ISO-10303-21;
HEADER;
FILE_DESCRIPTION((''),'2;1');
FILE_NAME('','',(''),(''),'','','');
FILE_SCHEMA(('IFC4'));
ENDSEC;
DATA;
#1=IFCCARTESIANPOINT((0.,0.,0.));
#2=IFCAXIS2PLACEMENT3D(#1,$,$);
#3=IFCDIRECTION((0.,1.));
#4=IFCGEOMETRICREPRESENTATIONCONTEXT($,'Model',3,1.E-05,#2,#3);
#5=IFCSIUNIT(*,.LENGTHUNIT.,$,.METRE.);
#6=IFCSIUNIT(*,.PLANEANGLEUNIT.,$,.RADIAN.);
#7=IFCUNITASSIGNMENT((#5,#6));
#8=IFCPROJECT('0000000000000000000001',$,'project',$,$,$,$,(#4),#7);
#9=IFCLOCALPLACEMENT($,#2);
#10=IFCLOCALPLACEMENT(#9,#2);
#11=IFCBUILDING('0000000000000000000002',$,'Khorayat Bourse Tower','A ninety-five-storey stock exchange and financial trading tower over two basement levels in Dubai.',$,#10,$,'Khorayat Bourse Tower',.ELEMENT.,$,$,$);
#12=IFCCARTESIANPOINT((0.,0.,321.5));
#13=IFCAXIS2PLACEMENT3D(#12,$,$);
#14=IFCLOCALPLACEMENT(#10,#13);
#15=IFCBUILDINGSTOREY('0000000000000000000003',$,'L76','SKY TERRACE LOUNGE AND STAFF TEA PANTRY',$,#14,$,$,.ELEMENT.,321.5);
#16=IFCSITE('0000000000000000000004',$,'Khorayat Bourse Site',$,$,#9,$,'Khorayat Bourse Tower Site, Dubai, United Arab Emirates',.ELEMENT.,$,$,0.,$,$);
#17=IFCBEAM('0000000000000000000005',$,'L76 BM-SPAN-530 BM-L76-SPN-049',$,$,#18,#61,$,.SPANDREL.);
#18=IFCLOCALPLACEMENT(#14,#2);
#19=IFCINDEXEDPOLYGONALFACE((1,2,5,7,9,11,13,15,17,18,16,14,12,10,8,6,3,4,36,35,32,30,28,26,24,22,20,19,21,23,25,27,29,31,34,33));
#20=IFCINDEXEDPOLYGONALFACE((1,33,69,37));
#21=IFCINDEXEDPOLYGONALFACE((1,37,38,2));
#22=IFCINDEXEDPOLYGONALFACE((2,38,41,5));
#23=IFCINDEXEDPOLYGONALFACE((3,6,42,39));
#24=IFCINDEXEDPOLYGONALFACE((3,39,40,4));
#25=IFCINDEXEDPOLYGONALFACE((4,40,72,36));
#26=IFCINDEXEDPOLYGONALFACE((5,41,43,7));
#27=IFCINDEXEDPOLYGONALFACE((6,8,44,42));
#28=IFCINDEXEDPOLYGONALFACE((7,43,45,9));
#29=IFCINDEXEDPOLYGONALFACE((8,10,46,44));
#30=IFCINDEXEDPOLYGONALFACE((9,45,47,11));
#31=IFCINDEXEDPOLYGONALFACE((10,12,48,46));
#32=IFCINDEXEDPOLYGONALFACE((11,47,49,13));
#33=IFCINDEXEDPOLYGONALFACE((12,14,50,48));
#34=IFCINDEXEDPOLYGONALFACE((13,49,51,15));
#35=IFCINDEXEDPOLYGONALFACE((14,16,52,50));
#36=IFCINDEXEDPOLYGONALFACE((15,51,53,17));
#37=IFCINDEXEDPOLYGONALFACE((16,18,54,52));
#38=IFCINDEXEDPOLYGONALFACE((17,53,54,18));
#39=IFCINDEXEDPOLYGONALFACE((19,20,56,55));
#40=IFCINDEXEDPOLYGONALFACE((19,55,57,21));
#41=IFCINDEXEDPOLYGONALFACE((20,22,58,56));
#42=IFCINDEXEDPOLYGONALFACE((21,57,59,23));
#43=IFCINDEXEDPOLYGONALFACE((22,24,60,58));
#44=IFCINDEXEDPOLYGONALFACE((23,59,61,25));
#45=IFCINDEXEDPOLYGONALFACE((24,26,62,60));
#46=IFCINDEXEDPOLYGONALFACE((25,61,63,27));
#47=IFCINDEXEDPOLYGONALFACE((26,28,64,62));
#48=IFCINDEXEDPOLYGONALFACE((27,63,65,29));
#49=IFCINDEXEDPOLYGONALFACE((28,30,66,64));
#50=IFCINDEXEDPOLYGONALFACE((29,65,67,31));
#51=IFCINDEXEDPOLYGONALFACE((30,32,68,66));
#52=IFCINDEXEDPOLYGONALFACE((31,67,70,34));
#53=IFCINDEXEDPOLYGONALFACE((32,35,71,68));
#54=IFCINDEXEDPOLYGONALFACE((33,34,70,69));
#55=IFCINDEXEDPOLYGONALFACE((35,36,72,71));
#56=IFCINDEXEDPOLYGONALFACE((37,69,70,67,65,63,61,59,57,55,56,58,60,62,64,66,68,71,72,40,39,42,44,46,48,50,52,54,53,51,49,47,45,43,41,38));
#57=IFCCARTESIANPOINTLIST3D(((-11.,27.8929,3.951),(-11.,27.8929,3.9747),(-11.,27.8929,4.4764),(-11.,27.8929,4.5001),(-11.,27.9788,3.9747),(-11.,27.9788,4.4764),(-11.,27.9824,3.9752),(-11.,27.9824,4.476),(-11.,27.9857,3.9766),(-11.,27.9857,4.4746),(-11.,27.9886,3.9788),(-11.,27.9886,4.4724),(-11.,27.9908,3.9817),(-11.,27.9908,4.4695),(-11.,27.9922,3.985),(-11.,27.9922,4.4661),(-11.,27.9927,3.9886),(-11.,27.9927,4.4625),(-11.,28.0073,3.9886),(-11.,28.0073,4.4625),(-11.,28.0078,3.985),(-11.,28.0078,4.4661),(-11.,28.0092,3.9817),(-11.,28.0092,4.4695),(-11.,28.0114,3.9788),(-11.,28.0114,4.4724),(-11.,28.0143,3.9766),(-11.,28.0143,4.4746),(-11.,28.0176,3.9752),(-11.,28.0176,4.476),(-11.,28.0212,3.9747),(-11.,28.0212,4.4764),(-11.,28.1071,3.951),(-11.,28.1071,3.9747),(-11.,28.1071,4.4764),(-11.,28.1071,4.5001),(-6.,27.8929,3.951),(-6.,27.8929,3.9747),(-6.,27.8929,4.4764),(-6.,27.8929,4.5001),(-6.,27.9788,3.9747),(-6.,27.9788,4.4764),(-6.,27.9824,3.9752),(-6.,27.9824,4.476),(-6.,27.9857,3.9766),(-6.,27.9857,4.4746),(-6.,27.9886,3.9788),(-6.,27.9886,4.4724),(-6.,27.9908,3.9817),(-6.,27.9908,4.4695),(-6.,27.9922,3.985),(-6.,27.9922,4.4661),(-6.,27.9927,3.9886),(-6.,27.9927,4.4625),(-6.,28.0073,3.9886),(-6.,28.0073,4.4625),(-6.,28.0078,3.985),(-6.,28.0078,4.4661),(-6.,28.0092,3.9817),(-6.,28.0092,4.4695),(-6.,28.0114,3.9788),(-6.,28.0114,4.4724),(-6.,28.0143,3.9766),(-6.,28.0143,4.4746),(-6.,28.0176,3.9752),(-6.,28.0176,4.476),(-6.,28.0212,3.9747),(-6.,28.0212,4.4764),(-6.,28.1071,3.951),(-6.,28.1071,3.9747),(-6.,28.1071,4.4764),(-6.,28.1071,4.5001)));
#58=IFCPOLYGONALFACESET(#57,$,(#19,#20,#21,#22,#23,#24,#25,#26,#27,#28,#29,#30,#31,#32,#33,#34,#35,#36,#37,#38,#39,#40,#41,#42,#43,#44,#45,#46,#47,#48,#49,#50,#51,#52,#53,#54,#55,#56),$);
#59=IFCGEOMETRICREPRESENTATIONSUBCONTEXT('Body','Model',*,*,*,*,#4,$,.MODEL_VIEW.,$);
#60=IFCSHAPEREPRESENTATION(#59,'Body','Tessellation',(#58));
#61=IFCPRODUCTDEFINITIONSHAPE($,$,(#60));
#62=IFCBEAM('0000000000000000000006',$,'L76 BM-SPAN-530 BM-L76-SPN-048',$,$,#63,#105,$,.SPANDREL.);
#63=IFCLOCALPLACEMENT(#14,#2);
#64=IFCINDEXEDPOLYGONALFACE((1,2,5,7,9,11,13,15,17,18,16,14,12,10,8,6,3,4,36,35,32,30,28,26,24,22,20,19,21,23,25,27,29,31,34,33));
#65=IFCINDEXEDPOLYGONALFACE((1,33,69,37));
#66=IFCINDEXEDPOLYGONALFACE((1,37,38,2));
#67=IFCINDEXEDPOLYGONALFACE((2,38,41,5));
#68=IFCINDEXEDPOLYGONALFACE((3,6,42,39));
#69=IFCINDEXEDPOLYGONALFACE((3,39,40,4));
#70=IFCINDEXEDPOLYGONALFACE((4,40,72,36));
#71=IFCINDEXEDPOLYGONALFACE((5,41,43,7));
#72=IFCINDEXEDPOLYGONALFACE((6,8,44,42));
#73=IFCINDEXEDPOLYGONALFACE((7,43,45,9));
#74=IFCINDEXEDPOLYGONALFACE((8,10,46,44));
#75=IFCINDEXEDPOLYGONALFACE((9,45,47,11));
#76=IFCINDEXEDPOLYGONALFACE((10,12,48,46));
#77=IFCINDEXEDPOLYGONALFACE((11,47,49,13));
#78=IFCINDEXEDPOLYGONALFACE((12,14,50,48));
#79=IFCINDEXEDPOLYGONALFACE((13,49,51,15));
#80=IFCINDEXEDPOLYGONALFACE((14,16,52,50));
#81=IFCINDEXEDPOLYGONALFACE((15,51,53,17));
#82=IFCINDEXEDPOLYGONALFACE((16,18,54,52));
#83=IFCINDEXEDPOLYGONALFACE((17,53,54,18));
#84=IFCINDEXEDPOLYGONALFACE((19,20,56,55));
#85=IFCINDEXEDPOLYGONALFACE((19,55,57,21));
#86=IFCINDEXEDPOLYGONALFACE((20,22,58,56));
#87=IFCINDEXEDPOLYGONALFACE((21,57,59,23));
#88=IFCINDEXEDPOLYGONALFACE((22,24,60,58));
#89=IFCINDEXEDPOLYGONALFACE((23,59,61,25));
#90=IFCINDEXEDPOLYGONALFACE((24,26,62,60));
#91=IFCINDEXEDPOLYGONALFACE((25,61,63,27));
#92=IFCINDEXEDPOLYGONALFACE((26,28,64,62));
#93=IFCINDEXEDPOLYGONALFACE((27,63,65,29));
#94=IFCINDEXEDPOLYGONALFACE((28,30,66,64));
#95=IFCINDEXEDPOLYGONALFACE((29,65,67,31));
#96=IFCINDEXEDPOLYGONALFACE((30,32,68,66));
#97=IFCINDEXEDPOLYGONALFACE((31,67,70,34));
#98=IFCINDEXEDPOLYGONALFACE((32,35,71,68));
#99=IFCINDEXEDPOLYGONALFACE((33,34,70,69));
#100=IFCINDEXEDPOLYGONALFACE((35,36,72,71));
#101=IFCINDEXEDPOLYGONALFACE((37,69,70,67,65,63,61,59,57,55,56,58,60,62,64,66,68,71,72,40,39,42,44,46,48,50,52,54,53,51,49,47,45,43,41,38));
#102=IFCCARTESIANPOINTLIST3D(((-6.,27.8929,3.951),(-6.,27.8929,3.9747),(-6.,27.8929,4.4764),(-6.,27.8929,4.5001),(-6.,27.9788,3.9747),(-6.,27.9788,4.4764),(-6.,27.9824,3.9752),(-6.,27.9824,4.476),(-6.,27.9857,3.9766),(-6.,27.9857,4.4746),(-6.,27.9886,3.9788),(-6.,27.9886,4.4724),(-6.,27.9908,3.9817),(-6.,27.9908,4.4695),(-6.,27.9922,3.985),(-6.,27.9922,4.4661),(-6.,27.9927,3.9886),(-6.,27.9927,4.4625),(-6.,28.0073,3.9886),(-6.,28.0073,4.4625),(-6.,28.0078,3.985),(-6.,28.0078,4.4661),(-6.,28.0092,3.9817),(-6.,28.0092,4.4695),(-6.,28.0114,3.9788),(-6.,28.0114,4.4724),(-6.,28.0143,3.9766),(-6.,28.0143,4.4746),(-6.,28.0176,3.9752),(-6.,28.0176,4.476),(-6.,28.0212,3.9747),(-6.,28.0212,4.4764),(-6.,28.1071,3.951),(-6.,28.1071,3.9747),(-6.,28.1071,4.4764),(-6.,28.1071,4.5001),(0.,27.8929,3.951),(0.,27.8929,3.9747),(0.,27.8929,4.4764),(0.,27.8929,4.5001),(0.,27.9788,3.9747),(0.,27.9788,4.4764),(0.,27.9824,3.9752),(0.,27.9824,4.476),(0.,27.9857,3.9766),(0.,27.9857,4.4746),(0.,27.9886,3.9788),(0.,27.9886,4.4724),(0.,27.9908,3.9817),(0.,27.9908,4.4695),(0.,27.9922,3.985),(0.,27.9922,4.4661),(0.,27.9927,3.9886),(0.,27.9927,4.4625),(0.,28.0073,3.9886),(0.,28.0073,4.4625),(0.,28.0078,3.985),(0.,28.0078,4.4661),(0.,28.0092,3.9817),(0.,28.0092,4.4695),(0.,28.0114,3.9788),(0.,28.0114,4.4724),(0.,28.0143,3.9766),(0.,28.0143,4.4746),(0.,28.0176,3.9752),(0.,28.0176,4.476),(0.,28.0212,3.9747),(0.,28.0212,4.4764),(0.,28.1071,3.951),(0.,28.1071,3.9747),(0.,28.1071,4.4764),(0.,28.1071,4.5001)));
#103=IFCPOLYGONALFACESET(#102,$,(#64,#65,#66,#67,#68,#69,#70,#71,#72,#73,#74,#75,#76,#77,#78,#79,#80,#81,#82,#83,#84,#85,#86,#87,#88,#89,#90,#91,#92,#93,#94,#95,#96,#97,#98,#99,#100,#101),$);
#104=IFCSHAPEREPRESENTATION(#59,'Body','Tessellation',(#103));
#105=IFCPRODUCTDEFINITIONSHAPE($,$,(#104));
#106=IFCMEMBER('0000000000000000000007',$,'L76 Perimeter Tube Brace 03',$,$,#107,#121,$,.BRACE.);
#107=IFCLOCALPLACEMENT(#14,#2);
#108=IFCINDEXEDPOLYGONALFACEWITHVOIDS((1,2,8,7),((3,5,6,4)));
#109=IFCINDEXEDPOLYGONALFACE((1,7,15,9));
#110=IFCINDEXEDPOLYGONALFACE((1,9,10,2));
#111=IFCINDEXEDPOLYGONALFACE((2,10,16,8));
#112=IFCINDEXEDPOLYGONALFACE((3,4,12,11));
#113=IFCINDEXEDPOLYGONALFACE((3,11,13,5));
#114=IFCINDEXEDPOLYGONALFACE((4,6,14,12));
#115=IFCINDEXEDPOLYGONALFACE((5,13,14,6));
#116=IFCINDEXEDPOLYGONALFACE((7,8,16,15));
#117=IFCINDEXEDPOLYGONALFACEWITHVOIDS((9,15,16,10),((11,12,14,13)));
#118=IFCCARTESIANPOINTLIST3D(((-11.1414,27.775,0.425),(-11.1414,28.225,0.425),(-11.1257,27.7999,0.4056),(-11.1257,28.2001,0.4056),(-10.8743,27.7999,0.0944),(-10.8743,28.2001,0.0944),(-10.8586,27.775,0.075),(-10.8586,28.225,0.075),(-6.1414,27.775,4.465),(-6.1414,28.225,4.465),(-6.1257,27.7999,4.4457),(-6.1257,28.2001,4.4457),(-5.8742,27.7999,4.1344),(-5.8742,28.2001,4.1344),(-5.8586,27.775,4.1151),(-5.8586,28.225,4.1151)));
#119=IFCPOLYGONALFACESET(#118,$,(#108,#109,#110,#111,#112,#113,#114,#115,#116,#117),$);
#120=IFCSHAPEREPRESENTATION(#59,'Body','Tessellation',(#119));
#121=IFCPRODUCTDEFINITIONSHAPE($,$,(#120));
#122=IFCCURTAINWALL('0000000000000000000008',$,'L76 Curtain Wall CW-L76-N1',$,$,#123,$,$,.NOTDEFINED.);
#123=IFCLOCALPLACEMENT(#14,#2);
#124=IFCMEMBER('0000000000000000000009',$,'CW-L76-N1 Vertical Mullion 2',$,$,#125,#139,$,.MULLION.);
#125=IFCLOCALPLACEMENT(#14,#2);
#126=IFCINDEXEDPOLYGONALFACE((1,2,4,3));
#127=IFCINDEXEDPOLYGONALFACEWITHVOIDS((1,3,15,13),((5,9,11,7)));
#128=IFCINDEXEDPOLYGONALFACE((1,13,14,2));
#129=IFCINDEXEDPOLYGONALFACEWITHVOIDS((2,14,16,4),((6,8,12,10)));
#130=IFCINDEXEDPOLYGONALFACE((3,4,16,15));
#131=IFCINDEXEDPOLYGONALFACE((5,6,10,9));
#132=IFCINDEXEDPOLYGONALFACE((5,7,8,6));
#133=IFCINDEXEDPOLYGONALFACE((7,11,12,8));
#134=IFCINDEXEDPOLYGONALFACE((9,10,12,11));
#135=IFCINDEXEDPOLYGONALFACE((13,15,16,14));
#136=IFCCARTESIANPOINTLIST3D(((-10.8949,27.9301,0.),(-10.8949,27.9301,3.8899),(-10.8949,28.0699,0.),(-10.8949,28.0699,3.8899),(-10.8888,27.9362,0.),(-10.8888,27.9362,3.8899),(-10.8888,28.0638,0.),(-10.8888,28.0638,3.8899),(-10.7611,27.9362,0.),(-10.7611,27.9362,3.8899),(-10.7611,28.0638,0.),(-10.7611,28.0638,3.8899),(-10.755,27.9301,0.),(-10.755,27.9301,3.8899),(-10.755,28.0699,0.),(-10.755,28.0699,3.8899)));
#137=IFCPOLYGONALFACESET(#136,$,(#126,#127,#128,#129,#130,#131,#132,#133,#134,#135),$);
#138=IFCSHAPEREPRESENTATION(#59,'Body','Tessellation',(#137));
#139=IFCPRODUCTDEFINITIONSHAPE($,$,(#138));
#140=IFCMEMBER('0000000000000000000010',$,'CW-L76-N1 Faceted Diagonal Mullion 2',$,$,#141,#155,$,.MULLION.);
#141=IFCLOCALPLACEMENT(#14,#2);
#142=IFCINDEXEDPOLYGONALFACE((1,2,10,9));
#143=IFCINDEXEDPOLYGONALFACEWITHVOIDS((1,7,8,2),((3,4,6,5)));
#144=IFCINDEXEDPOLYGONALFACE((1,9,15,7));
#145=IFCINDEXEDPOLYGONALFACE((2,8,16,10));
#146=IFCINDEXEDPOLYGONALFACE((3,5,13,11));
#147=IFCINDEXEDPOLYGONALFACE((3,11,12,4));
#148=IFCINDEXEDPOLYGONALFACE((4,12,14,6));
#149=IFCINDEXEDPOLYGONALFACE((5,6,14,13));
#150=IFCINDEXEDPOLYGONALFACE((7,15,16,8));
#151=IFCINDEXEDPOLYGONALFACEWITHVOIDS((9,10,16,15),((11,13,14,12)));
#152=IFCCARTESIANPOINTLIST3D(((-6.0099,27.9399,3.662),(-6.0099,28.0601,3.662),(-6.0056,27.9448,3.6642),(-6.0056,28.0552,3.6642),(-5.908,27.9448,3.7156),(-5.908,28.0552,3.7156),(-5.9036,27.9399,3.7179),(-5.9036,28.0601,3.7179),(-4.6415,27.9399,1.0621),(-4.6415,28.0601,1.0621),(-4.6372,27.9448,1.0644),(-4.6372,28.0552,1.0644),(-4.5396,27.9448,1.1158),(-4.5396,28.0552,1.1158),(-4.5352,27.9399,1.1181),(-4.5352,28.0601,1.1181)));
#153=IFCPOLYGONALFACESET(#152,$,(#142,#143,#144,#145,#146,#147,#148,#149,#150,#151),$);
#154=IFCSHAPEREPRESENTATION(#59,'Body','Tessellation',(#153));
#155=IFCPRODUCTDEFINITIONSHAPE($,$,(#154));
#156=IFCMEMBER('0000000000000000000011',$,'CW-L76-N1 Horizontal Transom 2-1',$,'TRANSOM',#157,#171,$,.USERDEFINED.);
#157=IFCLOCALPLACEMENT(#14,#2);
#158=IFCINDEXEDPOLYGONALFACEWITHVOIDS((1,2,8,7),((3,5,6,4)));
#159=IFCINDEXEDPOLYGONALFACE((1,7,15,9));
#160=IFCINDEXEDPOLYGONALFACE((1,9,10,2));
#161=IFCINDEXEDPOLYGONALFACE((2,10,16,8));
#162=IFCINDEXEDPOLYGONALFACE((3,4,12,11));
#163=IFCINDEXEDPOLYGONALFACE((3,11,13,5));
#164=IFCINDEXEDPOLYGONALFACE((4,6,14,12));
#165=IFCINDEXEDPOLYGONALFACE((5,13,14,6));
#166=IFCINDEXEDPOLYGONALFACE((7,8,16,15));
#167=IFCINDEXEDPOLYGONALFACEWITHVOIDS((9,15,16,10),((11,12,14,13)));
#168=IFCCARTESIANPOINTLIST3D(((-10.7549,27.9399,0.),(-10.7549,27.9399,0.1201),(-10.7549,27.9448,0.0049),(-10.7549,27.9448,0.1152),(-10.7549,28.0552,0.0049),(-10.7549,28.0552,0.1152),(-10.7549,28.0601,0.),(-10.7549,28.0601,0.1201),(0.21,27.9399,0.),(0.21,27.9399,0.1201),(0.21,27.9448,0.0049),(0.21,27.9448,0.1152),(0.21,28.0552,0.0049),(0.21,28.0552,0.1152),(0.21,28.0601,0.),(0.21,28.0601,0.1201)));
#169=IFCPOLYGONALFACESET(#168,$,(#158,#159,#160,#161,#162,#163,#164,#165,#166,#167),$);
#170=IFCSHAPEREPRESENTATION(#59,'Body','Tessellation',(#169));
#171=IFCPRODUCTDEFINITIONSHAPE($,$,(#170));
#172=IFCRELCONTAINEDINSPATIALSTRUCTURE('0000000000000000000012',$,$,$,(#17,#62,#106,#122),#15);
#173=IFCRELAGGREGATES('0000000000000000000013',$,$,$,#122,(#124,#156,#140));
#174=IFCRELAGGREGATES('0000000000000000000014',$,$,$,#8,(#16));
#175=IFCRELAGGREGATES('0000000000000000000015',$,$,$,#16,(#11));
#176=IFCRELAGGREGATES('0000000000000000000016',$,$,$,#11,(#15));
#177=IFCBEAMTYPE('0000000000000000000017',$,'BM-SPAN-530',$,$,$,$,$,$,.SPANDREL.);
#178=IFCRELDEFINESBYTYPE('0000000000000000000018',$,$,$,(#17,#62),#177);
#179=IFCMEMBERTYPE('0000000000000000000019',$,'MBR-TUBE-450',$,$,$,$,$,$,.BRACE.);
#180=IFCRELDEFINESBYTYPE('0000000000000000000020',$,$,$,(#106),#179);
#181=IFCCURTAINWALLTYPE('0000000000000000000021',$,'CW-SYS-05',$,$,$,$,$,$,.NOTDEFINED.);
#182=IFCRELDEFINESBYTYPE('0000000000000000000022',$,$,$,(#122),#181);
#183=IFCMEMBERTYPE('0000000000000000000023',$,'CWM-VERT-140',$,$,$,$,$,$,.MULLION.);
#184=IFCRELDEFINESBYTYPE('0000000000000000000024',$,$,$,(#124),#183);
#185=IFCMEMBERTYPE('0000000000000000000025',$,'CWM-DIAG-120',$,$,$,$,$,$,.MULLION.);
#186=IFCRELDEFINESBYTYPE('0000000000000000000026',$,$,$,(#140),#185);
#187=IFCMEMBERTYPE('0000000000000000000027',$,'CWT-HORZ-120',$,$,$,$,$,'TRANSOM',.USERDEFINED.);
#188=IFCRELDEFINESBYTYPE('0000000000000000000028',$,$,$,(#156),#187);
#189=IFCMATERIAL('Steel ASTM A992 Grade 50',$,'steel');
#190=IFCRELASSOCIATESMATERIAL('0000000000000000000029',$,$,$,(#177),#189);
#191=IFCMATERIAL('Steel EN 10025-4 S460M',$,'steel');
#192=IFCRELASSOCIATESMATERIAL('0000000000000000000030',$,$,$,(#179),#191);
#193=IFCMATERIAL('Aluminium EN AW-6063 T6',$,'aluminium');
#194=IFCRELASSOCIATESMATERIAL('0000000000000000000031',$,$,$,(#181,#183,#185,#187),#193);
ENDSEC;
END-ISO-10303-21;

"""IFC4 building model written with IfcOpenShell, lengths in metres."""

from ifc_helpers import new_model, si_unit, direction, frame, origin, origin_2d, place, context, subcontext, project, spatial, hollow_rectangle, i_section, extrude, source, transform, mapped, material, material_profile, profile_set, type_object, element, aggregate, save


model = new_model("IFC4")

# Units and contexts
model_context = context("Model", 3, precision=1e-05, world=origin(), true_north=direction((0.0, 1.0)))
body_context = subcontext(model_context, "Body", "Model", "MODEL_VIEW")
ifc_project = project(units=[si_unit("LENGTHUNIT", "METRE"), si_unit("PLANEANGLEUNIT", "RADIAN")], contexts=[model_context])

# Site, building, storey
site_placement = place(None, origin())
site = spatial("IfcSite", under=ifc_project, at=site_placement, Name="Khorayat Bourse Site", LongName="Khorayat Bourse Tower Site, Dubai, United Arab Emirates", CompositionType="ELEMENT", RefElevation=0.0)
building_placement = place(site_placement, origin())
building = spatial("IfcBuilding", under=site, at=building_placement, Name="Khorayat Bourse Tower", Description="A ninety-five-storey stock exchange and financial trading tower over two basement levels in Dubai.", LongName="Khorayat Bourse Tower", CompositionType="ELEMENT")
storey_placement = place(building_placement, frame((0.0, 0.0, 321.5)))
storey = spatial("IfcBuildingStorey", under=building, at=storey_placement, Name="L76", Description="SKY TERRACE LOUNGE AND STAFF TEA PANTRY", CompositionType="ELEMENT", Elevation=321.5)

# Shared definitions
ifc_material_1 = material(Name="Steel EN 10025-4 S460M", Category="steel")

# Beams
ifc_material_2 = material(Name="Steel ASTM A992 Grade 50", Category="steel")
ifc_material_profile_1 = material_profile(ifc_material_2, i_section(OverallWidth=0.2141, OverallDepth=0.5491, WebThickness=0.0146, FlangeThickness=0.0237, FilletRadius=0.0139, at=origin_2d()), Name="W530X138")
ifc_profile_set_1 = profile_set([ifc_material_profile_1], Name="Steel ASTM A992 Grade 50")
beam_type_1 = type_object("IfcBeamType", Name="BM-SPAN-530", PredefinedType="SPANDREL", material=ifc_profile_set_1)
shared_shape_1 = source(origin(), body_context, "Body", "SweptSolid", [
    extrude(i_section(OverallWidth=0.2141, OverallDepth=0.5491, WebThickness=0.0146, FlangeThickness=0.0237, FilletRadius=0.0139, at=origin_2d()), origin(), (0.0, 0.0, 1.0), 5.0),
])
beam_1_placement = place(storey_placement, frame((-11.0, 28.0, 4.2256), z_axis=(1.0, 0.0, 0.0), x_axis=(0.0, 1.0, 0.0)))
element("IfcBeam", 1, at=beam_1_placement, inside=storey, type_object=beam_type_1, Name="L76 BM-SPAN-530 BM-L76-SPN-049", PredefinedType="SPANDREL", context=body_context, shape_type="MappedRepresentation", body=[
    mapped(shared_shape_1, transform((0.0, 0.0, 0.0), scale=1.0)),
])
shared_shape_2 = source(origin(), body_context, "Body", "SweptSolid", [
    extrude(i_section(OverallWidth=0.2141, OverallDepth=0.5491, WebThickness=0.0146, FlangeThickness=0.0237, FilletRadius=0.0139, at=origin_2d()), origin(), (0.0, 0.0, 1.0), 6.0),
])
beam_2_placement = place(storey_placement, frame((-6.0, 28.0, 4.2256), z_axis=(1.0, 0.0, 0.0), x_axis=(0.0, 1.0, 0.0)))
element("IfcBeam", 2, at=beam_2_placement, inside=storey, type_object=beam_type_1, Name="L76 BM-SPAN-530 BM-L76-SPN-048", PredefinedType="SPANDREL", context=body_context, shape_type="MappedRepresentation", body=[
    mapped(shared_shape_2, transform((0.0, 0.0, 0.0), scale=1.0)),
])

# Member
ifc_material_profile_2 = material_profile(ifc_material_1, hollow_rectangle(XDim=0.45, YDim=0.45, WallThickness=0.0249, at=origin_2d()), Name="HSS 450x450x25")
ifc_profile_set_2 = profile_set([ifc_material_profile_2], Name="Steel EN 10025-4 S460M")
member_type_1 = type_object("IfcMemberType", Name="MBR-TUBE-450", PredefinedType="BRACE", material=ifc_profile_set_2)
shared_shape_3 = source(origin(), body_context, "Body", "SweptSolid", [
    extrude(hollow_rectangle(XDim=0.45, YDim=0.45, WallThickness=0.0249, at=origin_2d()), origin(), (0.0, 0.0, 1.0), 6.4282),
])
member_1_placement = place(storey_placement, frame((-11.0, 28.0, 0.25), z_axis=(0.777821, 0.0, 0.628486), x_axis=(0.0, 1.0, 0.0)))
element("IfcMember", 3, at=member_1_placement, inside=storey, type_object=member_type_1, Name="L76 Perimeter Tube Brace 03", PredefinedType="BRACE", context=body_context, shape_type="MappedRepresentation", body=[
    mapped(shared_shape_3, transform((0.0, 0.0, 0.0), scale=1.0)),
])

# Curtain wall, members
ifc_material_3 = material(Name="Aluminium EN AW-6063 T6", Category="aluminium")
curtain_wall_type = type_object("IfcCurtainWallType", Name="CW-SYS-05", PredefinedType="NOTDEFINED", material=ifc_material_3)
curtain_wall_placement = place(storey_placement, origin())
curtain_wall = element("IfcCurtainWall", 4, at=curtain_wall_placement, inside=storey, type_object=curtain_wall_type, Name="L76 Curtain Wall CW-L76-N1", PredefinedType="NOTDEFINED")
ifc_material_profile_3 = material_profile(ifc_material_3, hollow_rectangle(XDim=0.1399, YDim=0.1399, WallThickness=0.0061, at=origin_2d()), Name="ALU 140x140x6")
ifc_profile_set_3 = profile_set([ifc_material_profile_3], Name="Aluminium EN AW-6063 T6")
member_type_2 = type_object("IfcMemberType", Name="CWM-VERT-140", PredefinedType="MULLION", material=ifc_profile_set_3)
shared_shape_4 = source(origin(), body_context, "Body", "SweptSolid", [
    extrude(hollow_rectangle(XDim=0.1399, YDim=0.1399, WallThickness=0.0061, at=origin_2d()), origin(), (0.0, 0.0, 1.0), 3.8899),
])
member_2_placement = place(storey_placement, frame((-10.825, 28.0, 0.0), z_axis=(0.0, 0.0, 1.0), x_axis=(0.0, 1.0, 0.0)))
member_2 = element("IfcMember", 5, at=member_2_placement, type_object=member_type_2, Name="CW-L76-N1 Vertical Mullion 2", PredefinedType="MULLION", context=body_context, shape_type="MappedRepresentation", body=[
    mapped(shared_shape_4, transform((0.0, 0.0, 0.0), scale=1.0)),
])
ifc_material_profile_4 = material_profile(ifc_material_3, hollow_rectangle(XDim=0.1201, YDim=0.1201, WallThickness=0.0049, at=origin_2d()), Name="ALU 120x120x5")
ifc_profile_set_4 = profile_set([ifc_material_profile_4], Name="Aluminium EN AW-6063 T6")
member_type_3 = type_object("IfcMemberType", Name="CWM-DIAG-120", PredefinedType="MULLION", material=ifc_profile_set_4)
shared_shape_5 = source(origin(), body_context, "Body", "SweptSolid", [
    extrude(hollow_rectangle(XDim=0.1201, YDim=0.1201, WallThickness=0.0049, at=origin_2d()), origin(), (0.0, 0.0, 1.0), 2.938),
])
member_3_placement = place(storey_placement, frame((-4.5884, 28.0, 1.0901), z_axis=(-0.465764, 0.0, 0.884909), x_axis=(0.0, -1.0, 0.0)))
member_3 = element("IfcMember", 6, at=member_3_placement, type_object=member_type_3, Name="CW-L76-N1 Faceted Diagonal Mullion 2", PredefinedType="MULLION", context=body_context, shape_type="MappedRepresentation", body=[
    mapped(shared_shape_5, transform((0.0, 0.0, 0.0), scale=1.0)),
])
ifc_material_profile_5 = material_profile(ifc_material_3, hollow_rectangle(XDim=0.1201, YDim=0.1201, WallThickness=0.0049, at=origin_2d()), Name="ALU 120x120x5")
ifc_profile_set_5 = profile_set([ifc_material_profile_5], Name="Aluminium EN AW-6063 T6")
member_type_4 = type_object("IfcMemberType", Name="CWT-HORZ-120", ElementType="TRANSOM", PredefinedType="USERDEFINED", material=ifc_profile_set_5)
shared_shape_6 = source(origin(), body_context, "Body", "SweptSolid", [
    extrude(hollow_rectangle(XDim=0.1201, YDim=0.1201, WallThickness=0.0049, at=origin_2d()), origin(), (0.0, 0.0, 1.0), 10.9648),
])
member_4_placement = place(storey_placement, frame((-10.7549, 28.0, 0.0601), z_axis=(1.0, 0.0, 0.0), x_axis=(0.0, 1.0, 0.0)))
member_4 = element("IfcMember", 7, at=member_4_placement, type_object=member_type_4, Name="CW-L76-N1 Horizontal Transom 2-1", ObjectType="TRANSOM", PredefinedType="USERDEFINED", context=body_context, shape_type="MappedRepresentation", body=[
    mapped(shared_shape_6, transform((0.0, 0.0, 0.0), scale=1.0)),
])

aggregate(curtain_wall, [member_2, member_4, member_3])

save(model, "model.ifc")
